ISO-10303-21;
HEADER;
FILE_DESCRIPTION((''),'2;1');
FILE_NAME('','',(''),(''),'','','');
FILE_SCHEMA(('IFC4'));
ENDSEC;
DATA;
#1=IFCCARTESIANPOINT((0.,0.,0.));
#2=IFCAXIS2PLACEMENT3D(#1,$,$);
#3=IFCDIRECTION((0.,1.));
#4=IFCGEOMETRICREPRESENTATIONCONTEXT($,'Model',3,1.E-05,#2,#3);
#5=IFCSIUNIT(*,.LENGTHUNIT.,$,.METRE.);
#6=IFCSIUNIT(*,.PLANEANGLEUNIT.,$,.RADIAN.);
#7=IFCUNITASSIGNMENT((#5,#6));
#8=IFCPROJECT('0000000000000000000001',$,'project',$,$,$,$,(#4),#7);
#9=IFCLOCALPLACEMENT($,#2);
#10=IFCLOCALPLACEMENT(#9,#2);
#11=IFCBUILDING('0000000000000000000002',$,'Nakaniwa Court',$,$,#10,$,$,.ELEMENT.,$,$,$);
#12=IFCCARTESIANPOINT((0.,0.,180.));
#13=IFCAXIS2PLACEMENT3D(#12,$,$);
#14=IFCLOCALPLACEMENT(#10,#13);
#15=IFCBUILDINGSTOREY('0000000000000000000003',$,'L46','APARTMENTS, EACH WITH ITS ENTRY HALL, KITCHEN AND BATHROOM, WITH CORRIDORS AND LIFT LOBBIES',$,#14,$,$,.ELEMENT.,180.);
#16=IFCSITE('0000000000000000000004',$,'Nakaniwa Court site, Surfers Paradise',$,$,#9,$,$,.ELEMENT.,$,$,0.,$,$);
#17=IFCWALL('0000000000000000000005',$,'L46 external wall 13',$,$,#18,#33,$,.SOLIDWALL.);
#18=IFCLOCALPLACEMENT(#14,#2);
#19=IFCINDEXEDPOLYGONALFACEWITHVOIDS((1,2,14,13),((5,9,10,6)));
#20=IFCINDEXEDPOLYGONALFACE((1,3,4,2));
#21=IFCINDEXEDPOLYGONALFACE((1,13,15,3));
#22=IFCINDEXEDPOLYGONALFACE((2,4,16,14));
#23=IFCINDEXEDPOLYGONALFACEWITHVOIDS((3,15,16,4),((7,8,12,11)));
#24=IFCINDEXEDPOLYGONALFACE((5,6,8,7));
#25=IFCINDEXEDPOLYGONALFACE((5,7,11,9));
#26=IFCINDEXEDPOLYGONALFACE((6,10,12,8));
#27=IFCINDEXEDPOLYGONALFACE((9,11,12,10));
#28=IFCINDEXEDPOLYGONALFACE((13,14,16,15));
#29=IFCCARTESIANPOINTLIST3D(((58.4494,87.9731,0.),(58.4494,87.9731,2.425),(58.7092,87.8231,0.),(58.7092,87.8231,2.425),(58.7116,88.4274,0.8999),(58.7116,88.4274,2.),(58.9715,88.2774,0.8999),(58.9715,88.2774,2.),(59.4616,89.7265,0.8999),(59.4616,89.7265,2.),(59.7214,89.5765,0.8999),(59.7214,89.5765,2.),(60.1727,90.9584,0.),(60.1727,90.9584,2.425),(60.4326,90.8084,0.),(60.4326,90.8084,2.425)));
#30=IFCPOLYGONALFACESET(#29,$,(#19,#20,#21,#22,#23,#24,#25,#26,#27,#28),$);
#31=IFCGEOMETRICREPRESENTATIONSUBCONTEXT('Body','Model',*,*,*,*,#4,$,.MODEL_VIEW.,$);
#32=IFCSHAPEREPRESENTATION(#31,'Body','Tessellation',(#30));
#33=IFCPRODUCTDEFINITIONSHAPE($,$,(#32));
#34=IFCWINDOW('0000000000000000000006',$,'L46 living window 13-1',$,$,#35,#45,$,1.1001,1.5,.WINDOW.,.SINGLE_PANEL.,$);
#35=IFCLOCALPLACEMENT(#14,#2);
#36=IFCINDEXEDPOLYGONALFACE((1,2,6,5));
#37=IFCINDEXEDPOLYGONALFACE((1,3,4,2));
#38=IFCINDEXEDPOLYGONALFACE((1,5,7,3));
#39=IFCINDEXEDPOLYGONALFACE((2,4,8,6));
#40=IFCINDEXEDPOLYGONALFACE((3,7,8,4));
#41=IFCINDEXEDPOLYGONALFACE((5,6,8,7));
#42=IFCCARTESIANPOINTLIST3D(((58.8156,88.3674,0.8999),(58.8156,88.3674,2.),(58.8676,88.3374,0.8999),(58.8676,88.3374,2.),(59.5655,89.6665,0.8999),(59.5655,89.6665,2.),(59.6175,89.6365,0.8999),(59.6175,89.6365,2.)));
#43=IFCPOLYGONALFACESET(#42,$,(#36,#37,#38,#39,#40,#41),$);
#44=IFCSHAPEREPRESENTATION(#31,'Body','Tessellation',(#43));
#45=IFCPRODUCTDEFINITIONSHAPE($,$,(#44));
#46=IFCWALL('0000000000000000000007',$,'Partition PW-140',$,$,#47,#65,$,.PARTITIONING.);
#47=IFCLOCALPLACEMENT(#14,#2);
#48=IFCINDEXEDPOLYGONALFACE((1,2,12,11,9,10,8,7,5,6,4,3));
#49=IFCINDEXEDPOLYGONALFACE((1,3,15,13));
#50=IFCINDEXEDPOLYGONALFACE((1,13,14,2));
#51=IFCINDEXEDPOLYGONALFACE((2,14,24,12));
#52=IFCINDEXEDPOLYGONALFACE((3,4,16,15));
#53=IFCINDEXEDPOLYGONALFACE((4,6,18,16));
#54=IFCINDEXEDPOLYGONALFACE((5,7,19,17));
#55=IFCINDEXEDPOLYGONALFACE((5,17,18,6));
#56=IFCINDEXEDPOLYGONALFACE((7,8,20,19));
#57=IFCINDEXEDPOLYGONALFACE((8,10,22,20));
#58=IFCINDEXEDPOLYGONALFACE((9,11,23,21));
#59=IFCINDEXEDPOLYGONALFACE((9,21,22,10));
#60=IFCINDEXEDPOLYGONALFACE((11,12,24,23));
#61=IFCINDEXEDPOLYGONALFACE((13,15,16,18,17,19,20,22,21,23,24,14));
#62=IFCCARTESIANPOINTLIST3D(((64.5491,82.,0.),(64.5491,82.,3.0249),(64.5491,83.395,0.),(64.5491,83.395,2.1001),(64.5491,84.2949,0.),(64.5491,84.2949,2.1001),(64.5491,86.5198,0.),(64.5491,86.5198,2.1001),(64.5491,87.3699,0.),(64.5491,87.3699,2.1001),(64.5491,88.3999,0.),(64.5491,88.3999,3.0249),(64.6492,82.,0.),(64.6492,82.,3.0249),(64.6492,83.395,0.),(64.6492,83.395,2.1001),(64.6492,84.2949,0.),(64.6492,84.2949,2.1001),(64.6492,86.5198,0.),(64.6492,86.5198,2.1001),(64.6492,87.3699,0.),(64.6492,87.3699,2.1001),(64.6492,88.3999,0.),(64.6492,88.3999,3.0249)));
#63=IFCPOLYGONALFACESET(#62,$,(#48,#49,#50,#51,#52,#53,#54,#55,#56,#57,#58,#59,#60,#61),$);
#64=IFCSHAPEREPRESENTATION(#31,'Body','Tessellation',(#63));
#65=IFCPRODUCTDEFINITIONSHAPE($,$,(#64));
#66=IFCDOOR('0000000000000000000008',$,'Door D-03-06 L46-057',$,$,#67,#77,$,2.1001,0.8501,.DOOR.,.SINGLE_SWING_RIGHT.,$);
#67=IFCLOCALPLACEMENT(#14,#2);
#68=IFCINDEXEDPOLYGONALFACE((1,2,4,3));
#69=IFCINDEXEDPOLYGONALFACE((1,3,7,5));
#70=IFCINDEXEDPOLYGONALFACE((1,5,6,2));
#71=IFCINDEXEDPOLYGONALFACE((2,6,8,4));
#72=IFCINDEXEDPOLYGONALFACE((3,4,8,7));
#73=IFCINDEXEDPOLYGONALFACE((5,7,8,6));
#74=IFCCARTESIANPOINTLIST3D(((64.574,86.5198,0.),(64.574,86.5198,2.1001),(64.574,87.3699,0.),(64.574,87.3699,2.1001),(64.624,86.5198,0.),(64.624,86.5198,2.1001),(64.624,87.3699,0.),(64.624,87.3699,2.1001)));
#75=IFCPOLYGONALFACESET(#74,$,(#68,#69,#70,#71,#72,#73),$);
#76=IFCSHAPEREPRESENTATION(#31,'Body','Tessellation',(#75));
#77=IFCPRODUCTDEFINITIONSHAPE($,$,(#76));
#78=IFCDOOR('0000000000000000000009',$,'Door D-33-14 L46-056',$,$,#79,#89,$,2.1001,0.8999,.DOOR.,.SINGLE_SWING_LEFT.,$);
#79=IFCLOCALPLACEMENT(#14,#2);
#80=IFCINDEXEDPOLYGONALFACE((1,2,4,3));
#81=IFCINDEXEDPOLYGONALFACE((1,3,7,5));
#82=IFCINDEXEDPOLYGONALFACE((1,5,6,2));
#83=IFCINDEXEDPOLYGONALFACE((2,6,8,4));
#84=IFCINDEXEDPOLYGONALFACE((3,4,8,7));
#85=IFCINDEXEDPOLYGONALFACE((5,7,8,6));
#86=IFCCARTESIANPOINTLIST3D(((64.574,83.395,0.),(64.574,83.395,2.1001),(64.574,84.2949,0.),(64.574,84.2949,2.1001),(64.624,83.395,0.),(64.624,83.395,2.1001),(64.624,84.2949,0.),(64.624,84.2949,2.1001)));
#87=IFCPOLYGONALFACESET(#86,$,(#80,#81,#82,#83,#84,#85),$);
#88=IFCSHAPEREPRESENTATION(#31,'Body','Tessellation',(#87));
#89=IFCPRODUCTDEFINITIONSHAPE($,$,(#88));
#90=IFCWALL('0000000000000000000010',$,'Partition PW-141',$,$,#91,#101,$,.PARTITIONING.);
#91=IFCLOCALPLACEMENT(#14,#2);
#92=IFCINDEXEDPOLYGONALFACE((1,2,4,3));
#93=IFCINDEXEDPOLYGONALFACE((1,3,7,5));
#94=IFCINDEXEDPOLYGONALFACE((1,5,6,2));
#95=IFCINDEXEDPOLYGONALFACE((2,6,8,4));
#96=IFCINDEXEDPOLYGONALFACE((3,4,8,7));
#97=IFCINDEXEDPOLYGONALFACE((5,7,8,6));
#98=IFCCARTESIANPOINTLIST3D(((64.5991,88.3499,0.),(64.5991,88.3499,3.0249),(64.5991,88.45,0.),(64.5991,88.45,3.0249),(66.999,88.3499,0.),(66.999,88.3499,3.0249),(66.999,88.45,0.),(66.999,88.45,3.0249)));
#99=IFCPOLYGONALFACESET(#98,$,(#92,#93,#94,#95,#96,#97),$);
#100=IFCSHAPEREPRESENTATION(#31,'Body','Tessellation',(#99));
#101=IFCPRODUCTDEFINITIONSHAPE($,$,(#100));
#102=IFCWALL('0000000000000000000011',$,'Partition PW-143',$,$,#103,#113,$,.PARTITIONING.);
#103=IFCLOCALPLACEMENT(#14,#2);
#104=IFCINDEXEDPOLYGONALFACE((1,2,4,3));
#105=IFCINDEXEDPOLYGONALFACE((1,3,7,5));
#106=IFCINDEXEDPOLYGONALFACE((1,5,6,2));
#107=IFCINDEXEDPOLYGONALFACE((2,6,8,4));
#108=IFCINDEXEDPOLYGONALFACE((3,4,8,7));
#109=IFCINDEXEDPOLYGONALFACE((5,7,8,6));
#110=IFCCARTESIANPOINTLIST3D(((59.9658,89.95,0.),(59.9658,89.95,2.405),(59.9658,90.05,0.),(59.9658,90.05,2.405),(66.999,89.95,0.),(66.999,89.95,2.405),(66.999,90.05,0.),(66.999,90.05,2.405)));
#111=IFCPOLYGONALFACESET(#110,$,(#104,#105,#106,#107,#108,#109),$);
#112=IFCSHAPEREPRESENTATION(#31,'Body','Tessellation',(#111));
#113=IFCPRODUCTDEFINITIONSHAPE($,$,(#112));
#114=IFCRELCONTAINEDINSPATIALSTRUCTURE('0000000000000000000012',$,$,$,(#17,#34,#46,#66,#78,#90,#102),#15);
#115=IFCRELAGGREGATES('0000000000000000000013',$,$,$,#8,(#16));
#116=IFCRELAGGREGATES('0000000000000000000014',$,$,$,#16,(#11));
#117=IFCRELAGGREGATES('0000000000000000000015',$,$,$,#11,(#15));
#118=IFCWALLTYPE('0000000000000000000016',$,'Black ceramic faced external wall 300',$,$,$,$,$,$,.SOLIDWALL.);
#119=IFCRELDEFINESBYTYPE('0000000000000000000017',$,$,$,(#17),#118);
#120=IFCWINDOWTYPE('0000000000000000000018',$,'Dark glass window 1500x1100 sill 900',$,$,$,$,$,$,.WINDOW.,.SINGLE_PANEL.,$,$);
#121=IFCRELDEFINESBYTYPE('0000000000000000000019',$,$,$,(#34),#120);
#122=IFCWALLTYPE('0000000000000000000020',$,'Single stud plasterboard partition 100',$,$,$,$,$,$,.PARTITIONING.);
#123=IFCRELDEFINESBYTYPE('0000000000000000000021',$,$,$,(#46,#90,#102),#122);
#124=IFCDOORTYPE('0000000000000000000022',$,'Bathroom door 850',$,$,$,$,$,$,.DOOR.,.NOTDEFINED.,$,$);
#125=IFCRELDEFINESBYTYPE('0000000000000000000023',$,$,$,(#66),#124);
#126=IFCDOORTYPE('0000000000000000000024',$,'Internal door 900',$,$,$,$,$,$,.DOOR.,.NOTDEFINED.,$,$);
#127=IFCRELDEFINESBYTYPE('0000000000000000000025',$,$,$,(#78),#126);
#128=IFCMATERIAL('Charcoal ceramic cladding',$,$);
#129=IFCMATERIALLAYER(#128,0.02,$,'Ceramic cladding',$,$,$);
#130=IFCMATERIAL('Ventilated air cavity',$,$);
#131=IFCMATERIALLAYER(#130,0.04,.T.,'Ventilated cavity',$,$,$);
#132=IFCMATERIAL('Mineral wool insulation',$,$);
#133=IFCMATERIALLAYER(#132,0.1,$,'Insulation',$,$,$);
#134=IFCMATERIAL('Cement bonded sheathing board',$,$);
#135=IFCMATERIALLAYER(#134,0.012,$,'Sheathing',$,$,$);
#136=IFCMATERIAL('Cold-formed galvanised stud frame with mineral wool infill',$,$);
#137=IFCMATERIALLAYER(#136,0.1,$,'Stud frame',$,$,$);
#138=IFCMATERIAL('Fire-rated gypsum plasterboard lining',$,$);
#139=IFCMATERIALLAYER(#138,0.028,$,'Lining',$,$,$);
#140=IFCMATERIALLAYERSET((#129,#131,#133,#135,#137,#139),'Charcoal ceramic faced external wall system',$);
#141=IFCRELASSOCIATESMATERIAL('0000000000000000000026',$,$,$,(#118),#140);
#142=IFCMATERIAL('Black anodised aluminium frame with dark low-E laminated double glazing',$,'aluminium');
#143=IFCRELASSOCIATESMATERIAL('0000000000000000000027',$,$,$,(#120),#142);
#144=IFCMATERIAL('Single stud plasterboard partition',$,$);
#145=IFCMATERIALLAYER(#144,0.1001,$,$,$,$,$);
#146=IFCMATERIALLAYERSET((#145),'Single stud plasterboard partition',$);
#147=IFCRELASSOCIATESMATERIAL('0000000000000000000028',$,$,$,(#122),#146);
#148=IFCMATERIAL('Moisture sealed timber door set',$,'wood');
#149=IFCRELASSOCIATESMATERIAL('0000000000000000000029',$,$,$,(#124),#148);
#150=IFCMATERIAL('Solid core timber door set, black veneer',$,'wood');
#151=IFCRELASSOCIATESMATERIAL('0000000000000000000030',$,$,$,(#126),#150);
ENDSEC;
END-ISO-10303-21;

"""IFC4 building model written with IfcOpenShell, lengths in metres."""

from ifc_helpers import new_model, si_unit, direction, frame, frame_2d, origin, place, context, subcontext, project, spatial, rectangle, extrude, material, layer, layer_set, type_object, element, fill, save


model = new_model("IFC4")

# Units and contexts
model_context = context("Model", 3, precision=1e-05, world=origin(), true_north=direction((0.0, 1.0)))
body_context = subcontext(model_context, "Body", "Model", "MODEL_VIEW")
ifc_project = project(units=[si_unit("LENGTHUNIT", "METRE"), si_unit("PLANEANGLEUNIT", "RADIAN")], contexts=[model_context])

# Site, building, storey
site_placement = place(None, origin())
site = spatial("IfcSite", under=ifc_project, at=site_placement, Name="Nakaniwa Court site, Surfers Paradise", CompositionType="ELEMENT", RefElevation=0.0)
building_placement = place(site_placement, origin())
building = spatial("IfcBuilding", under=site, at=building_placement, Name="Nakaniwa Court", CompositionType="ELEMENT")
storey_placement = place(building_placement, frame((0.0, 0.0, 180.0)))
storey = spatial("IfcBuildingStorey", under=building, at=storey_placement, Name="L46", Description="APARTMENTS, EACH WITH ITS ENTRY HALL, KITCHEN AND BATHROOM, WITH CORRIDORS AND LIFT LOBBIES", CompositionType="ELEMENT", Elevation=180.0)

# Shared definitions
ifc_material_1 = material(Name="Solid core timber door set, black veneer", Category="wood")

# Wall, opening, window
ifc_material_2 = material(Name="Charcoal ceramic cladding")
ifc_layer_1 = layer(ifc_material_2, 0.02, Name="Ceramic cladding")
ifc_material_3 = material(Name="Ventilated air cavity")
ifc_layer_2 = layer(ifc_material_3, 0.04, ventilated=True, Name="Ventilated cavity")
ifc_material_4 = material(Name="Mineral wool insulation")
ifc_layer_3 = layer(ifc_material_4, 0.1, Name="Insulation")
ifc_material_5 = material(Name="Cement bonded sheathing board")
ifc_layer_4 = layer(ifc_material_5, 0.012, Name="Sheathing")
ifc_material_6 = material(Name="Cold-formed galvanised stud frame with mineral wool infill")
ifc_layer_5 = layer(ifc_material_6, 0.1, Name="Stud frame")
ifc_material_7 = material(Name="Fire-rated gypsum plasterboard lining")
ifc_layer_6 = layer(ifc_material_7, 0.028, Name="Lining")
ifc_layer_set_1 = layer_set([ifc_layer_1, ifc_layer_2, ifc_layer_3, ifc_layer_4, ifc_layer_5, ifc_layer_6], Name="Charcoal ceramic faced external wall system")
wall_type_1 = type_object("IfcWallType", Name="Black ceramic faced external wall 300", PredefinedType="SOLIDWALL", material=ifc_layer_set_1)
ifc_material_8 = material(Name="Black anodised aluminium frame with dark low-E laminated double glazing", Category="aluminium")
wall_1_placement = place(storey_placement, frame((60.3027, 90.8835, 0.0), z_axis=(0.0, 0.0, 1.0), x_axis=(-0.499955, -0.866051, 0.0)))
wall_1 = element("IfcWall", 1, at=wall_1_placement, inside=storey, type_object=wall_type_1, Name="L46 external wall 13", PredefinedType="SOLIDWALL", context=body_context, shape_type="SweptSolid", body=[
    extrude(rectangle(XDim=3.447, YDim=0.3, at=frame_2d((1.7236, 0.0))), origin(), (0.0, 0.0, 1.0), 2.425),
])
opening_1_placement = place(wall_1_placement, frame((1.4226, 0.0, 0.8999)))
opening_1 = element("IfcOpeningElement", 2, at=opening_1_placement, cuts=wall_1, PredefinedType="OPENING", context=body_context, shape_type="SweptSolid", body=[
    extrude(rectangle(XDim=1.5, YDim=1.1001, at=frame_2d((0.75, 0.55))), frame((0.0, 0.1599, 0.0), z_axis=(0.0, -1.0, 0.0), x_axis=(1.0, 0.0, 0.0)), (0.0, 0.0, 1.0), 0.3201),
])
window_type_1 = type_object("IfcWindowType", Name="Dark glass window 1500x1100 sill 900", PartitioningType="SINGLE_PANEL", PredefinedType="WINDOW", material=ifc_material_8)
window_1_placement = place(opening_1_placement, origin())
window_1 = element("IfcWindow", 3, at=window_1_placement, inside=storey, type_object=window_type_1, Name="L46 living window 13-1", OverallHeight=1.1001, OverallWidth=1.5, PartitioningType="SINGLE_PANEL", PredefinedType="WINDOW", context=body_context, shape_type="SweptSolid", body=[
    extrude(rectangle(XDim=1.5, YDim=1.1001, at=frame_2d((0.75, 0.55))), frame((0.0, 0.03, 0.0), z_axis=(0.0, -1.0, 0.0), x_axis=(1.0, 0.0, 0.0)), (0.0, 0.0, 1.0), 0.0601),
])
fill(opening_1, window_1)

# Wall, openings, doors
ifc_material_9 = material(Name="Single stud plasterboard partition")
ifc_layer_7 = layer(ifc_material_9, 0.1001)
ifc_layer_set_2 = layer_set([ifc_layer_7], Name="Single stud plasterboard partition")
wall_type_2 = type_object("IfcWallType", Name="Single stud plasterboard partition 100", PredefinedType="PARTITIONING", material=ifc_layer_set_2)
wall_2_placement = place(storey_placement, frame((64.5991, 88.3999, 0.0), z_axis=(0.0, 0.0, 1.0), x_axis=(0.0, -1.0, 0.0)))
wall_2 = element("IfcWall", 4, at=wall_2_placement, inside=storey, type_object=wall_type_2, Name="Partition PW-140", PredefinedType="PARTITIONING", context=body_context, shape_type="SweptSolid", body=[
    extrude(rectangle(XDim=6.3999, YDim=0.1001, at=frame_2d((3.2, 0.0))), origin(), (0.0, 0.0, 1.0), 3.0249),
])
opening_2_placement = place(wall_2_placement, frame((4.105, 0.0, 0.0)))
opening_2 = element("IfcOpeningElement", 5, at=opening_2_placement, cuts=wall_2, PredefinedType="OPENING", context=body_context, shape_type="SweptSolid", body=[
    extrude(rectangle(XDim=0.8999, YDim=2.1001, at=frame_2d((0.45, 1.05))), frame((0.0, 0.0601, 0.0), z_axis=(0.0, -1.0, 0.0), x_axis=(1.0, 0.0, 0.0)), (0.0, 0.0, 1.0), 0.1201),
])
opening_3_placement = place(wall_2_placement, frame((1.03, 0.0, 0.0)))
opening_3 = element("IfcOpeningElement", 6, at=opening_3_placement, cuts=wall_2, PredefinedType="OPENING", context=body_context, shape_type="SweptSolid", body=[
    extrude(rectangle(XDim=0.8501, YDim=2.1001, at=frame_2d((0.425, 1.05))), frame((0.0, 0.0601, 0.0), z_axis=(0.0, -1.0, 0.0), x_axis=(1.0, 0.0, 0.0)), (0.0, 0.0, 1.0), 0.1201),
])
ifc_material_10 = material(Name="Moisture sealed timber door set", Category="wood")
door_type_1 = type_object("IfcDoorType", Name="Bathroom door 850", OperationType="NOTDEFINED", PredefinedType="DOOR", material=ifc_material_10)
door_1_placement = place(opening_3_placement, origin())
door_1 = element("IfcDoor", 7, at=door_1_placement, inside=storey, type_object=door_type_1, Name="Door D-03-06 L46-057", OperationType="SINGLE_SWING_RIGHT", OverallHeight=2.1001, OverallWidth=0.8501, PredefinedType="DOOR", context=body_context, shape_type="SweptSolid", body=[
    extrude(rectangle(XDim=0.8501, YDim=2.1001, at=frame_2d((0.425, 1.05))), frame((0.0, 0.0249, 0.0), z_axis=(0.0, -1.0, 0.0), x_axis=(1.0, 0.0, 0.0)), (0.0, 0.0, 1.0), 0.05),
])
fill(opening_3, door_1)
door_type_2 = type_object("IfcDoorType", Name="Internal door 900", OperationType="NOTDEFINED", PredefinedType="DOOR", material=ifc_material_1)
door_2_placement = place(opening_2_placement, origin())
door_2 = element("IfcDoor", 8, at=door_2_placement, inside=storey, type_object=door_type_2, Name="Door D-33-14 L46-056", OperationType="SINGLE_SWING_LEFT", OverallHeight=2.1001, OverallWidth=0.8999, PredefinedType="DOOR", context=body_context, shape_type="SweptSolid", body=[
    extrude(rectangle(XDim=0.8999, YDim=2.1001, at=frame_2d((0.45, 1.05))), frame((0.0, 0.0249, 0.0), z_axis=(0.0, -1.0, 0.0), x_axis=(1.0, 0.0, 0.0)), (0.0, 0.0, 1.0), 0.05),
])
fill(opening_2, door_2)

# Walls
wall_3_placement = place(storey_placement, frame((64.5991, 88.3999, 0.0), z_axis=(0.0, 0.0, 1.0), x_axis=(1.0, 0.0, 0.0)))
element("IfcWall", 9, at=wall_3_placement, inside=storey, type_object=wall_type_2, Name="Partition PW-141", PredefinedType="PARTITIONING", context=body_context, shape_type="SweptSolid", body=[
    extrude(rectangle(XDim=2.3999, YDim=0.1001, at=frame_2d((1.2, 0.0))), origin(), (0.0, 0.0, 1.0), 3.0249),
])
wall_4_placement = place(storey_placement, frame((59.9658, 90.0, 0.0), z_axis=(0.0, 0.0, 1.0), x_axis=(1.0, 0.0, 0.0)))
element("IfcWall", 10, at=wall_4_placement, inside=storey, type_object=wall_type_2, Name="Partition PW-143", PredefinedType="PARTITIONING", context=body_context, shape_type="SweptSolid", body=[
    extrude(rectangle(XDim=7.0332, YDim=0.1001, at=frame_2d((3.5166, 0.0))), origin(), (0.0, 0.0, 1.0), 2.405),
])

save(model, "model.ifc")
